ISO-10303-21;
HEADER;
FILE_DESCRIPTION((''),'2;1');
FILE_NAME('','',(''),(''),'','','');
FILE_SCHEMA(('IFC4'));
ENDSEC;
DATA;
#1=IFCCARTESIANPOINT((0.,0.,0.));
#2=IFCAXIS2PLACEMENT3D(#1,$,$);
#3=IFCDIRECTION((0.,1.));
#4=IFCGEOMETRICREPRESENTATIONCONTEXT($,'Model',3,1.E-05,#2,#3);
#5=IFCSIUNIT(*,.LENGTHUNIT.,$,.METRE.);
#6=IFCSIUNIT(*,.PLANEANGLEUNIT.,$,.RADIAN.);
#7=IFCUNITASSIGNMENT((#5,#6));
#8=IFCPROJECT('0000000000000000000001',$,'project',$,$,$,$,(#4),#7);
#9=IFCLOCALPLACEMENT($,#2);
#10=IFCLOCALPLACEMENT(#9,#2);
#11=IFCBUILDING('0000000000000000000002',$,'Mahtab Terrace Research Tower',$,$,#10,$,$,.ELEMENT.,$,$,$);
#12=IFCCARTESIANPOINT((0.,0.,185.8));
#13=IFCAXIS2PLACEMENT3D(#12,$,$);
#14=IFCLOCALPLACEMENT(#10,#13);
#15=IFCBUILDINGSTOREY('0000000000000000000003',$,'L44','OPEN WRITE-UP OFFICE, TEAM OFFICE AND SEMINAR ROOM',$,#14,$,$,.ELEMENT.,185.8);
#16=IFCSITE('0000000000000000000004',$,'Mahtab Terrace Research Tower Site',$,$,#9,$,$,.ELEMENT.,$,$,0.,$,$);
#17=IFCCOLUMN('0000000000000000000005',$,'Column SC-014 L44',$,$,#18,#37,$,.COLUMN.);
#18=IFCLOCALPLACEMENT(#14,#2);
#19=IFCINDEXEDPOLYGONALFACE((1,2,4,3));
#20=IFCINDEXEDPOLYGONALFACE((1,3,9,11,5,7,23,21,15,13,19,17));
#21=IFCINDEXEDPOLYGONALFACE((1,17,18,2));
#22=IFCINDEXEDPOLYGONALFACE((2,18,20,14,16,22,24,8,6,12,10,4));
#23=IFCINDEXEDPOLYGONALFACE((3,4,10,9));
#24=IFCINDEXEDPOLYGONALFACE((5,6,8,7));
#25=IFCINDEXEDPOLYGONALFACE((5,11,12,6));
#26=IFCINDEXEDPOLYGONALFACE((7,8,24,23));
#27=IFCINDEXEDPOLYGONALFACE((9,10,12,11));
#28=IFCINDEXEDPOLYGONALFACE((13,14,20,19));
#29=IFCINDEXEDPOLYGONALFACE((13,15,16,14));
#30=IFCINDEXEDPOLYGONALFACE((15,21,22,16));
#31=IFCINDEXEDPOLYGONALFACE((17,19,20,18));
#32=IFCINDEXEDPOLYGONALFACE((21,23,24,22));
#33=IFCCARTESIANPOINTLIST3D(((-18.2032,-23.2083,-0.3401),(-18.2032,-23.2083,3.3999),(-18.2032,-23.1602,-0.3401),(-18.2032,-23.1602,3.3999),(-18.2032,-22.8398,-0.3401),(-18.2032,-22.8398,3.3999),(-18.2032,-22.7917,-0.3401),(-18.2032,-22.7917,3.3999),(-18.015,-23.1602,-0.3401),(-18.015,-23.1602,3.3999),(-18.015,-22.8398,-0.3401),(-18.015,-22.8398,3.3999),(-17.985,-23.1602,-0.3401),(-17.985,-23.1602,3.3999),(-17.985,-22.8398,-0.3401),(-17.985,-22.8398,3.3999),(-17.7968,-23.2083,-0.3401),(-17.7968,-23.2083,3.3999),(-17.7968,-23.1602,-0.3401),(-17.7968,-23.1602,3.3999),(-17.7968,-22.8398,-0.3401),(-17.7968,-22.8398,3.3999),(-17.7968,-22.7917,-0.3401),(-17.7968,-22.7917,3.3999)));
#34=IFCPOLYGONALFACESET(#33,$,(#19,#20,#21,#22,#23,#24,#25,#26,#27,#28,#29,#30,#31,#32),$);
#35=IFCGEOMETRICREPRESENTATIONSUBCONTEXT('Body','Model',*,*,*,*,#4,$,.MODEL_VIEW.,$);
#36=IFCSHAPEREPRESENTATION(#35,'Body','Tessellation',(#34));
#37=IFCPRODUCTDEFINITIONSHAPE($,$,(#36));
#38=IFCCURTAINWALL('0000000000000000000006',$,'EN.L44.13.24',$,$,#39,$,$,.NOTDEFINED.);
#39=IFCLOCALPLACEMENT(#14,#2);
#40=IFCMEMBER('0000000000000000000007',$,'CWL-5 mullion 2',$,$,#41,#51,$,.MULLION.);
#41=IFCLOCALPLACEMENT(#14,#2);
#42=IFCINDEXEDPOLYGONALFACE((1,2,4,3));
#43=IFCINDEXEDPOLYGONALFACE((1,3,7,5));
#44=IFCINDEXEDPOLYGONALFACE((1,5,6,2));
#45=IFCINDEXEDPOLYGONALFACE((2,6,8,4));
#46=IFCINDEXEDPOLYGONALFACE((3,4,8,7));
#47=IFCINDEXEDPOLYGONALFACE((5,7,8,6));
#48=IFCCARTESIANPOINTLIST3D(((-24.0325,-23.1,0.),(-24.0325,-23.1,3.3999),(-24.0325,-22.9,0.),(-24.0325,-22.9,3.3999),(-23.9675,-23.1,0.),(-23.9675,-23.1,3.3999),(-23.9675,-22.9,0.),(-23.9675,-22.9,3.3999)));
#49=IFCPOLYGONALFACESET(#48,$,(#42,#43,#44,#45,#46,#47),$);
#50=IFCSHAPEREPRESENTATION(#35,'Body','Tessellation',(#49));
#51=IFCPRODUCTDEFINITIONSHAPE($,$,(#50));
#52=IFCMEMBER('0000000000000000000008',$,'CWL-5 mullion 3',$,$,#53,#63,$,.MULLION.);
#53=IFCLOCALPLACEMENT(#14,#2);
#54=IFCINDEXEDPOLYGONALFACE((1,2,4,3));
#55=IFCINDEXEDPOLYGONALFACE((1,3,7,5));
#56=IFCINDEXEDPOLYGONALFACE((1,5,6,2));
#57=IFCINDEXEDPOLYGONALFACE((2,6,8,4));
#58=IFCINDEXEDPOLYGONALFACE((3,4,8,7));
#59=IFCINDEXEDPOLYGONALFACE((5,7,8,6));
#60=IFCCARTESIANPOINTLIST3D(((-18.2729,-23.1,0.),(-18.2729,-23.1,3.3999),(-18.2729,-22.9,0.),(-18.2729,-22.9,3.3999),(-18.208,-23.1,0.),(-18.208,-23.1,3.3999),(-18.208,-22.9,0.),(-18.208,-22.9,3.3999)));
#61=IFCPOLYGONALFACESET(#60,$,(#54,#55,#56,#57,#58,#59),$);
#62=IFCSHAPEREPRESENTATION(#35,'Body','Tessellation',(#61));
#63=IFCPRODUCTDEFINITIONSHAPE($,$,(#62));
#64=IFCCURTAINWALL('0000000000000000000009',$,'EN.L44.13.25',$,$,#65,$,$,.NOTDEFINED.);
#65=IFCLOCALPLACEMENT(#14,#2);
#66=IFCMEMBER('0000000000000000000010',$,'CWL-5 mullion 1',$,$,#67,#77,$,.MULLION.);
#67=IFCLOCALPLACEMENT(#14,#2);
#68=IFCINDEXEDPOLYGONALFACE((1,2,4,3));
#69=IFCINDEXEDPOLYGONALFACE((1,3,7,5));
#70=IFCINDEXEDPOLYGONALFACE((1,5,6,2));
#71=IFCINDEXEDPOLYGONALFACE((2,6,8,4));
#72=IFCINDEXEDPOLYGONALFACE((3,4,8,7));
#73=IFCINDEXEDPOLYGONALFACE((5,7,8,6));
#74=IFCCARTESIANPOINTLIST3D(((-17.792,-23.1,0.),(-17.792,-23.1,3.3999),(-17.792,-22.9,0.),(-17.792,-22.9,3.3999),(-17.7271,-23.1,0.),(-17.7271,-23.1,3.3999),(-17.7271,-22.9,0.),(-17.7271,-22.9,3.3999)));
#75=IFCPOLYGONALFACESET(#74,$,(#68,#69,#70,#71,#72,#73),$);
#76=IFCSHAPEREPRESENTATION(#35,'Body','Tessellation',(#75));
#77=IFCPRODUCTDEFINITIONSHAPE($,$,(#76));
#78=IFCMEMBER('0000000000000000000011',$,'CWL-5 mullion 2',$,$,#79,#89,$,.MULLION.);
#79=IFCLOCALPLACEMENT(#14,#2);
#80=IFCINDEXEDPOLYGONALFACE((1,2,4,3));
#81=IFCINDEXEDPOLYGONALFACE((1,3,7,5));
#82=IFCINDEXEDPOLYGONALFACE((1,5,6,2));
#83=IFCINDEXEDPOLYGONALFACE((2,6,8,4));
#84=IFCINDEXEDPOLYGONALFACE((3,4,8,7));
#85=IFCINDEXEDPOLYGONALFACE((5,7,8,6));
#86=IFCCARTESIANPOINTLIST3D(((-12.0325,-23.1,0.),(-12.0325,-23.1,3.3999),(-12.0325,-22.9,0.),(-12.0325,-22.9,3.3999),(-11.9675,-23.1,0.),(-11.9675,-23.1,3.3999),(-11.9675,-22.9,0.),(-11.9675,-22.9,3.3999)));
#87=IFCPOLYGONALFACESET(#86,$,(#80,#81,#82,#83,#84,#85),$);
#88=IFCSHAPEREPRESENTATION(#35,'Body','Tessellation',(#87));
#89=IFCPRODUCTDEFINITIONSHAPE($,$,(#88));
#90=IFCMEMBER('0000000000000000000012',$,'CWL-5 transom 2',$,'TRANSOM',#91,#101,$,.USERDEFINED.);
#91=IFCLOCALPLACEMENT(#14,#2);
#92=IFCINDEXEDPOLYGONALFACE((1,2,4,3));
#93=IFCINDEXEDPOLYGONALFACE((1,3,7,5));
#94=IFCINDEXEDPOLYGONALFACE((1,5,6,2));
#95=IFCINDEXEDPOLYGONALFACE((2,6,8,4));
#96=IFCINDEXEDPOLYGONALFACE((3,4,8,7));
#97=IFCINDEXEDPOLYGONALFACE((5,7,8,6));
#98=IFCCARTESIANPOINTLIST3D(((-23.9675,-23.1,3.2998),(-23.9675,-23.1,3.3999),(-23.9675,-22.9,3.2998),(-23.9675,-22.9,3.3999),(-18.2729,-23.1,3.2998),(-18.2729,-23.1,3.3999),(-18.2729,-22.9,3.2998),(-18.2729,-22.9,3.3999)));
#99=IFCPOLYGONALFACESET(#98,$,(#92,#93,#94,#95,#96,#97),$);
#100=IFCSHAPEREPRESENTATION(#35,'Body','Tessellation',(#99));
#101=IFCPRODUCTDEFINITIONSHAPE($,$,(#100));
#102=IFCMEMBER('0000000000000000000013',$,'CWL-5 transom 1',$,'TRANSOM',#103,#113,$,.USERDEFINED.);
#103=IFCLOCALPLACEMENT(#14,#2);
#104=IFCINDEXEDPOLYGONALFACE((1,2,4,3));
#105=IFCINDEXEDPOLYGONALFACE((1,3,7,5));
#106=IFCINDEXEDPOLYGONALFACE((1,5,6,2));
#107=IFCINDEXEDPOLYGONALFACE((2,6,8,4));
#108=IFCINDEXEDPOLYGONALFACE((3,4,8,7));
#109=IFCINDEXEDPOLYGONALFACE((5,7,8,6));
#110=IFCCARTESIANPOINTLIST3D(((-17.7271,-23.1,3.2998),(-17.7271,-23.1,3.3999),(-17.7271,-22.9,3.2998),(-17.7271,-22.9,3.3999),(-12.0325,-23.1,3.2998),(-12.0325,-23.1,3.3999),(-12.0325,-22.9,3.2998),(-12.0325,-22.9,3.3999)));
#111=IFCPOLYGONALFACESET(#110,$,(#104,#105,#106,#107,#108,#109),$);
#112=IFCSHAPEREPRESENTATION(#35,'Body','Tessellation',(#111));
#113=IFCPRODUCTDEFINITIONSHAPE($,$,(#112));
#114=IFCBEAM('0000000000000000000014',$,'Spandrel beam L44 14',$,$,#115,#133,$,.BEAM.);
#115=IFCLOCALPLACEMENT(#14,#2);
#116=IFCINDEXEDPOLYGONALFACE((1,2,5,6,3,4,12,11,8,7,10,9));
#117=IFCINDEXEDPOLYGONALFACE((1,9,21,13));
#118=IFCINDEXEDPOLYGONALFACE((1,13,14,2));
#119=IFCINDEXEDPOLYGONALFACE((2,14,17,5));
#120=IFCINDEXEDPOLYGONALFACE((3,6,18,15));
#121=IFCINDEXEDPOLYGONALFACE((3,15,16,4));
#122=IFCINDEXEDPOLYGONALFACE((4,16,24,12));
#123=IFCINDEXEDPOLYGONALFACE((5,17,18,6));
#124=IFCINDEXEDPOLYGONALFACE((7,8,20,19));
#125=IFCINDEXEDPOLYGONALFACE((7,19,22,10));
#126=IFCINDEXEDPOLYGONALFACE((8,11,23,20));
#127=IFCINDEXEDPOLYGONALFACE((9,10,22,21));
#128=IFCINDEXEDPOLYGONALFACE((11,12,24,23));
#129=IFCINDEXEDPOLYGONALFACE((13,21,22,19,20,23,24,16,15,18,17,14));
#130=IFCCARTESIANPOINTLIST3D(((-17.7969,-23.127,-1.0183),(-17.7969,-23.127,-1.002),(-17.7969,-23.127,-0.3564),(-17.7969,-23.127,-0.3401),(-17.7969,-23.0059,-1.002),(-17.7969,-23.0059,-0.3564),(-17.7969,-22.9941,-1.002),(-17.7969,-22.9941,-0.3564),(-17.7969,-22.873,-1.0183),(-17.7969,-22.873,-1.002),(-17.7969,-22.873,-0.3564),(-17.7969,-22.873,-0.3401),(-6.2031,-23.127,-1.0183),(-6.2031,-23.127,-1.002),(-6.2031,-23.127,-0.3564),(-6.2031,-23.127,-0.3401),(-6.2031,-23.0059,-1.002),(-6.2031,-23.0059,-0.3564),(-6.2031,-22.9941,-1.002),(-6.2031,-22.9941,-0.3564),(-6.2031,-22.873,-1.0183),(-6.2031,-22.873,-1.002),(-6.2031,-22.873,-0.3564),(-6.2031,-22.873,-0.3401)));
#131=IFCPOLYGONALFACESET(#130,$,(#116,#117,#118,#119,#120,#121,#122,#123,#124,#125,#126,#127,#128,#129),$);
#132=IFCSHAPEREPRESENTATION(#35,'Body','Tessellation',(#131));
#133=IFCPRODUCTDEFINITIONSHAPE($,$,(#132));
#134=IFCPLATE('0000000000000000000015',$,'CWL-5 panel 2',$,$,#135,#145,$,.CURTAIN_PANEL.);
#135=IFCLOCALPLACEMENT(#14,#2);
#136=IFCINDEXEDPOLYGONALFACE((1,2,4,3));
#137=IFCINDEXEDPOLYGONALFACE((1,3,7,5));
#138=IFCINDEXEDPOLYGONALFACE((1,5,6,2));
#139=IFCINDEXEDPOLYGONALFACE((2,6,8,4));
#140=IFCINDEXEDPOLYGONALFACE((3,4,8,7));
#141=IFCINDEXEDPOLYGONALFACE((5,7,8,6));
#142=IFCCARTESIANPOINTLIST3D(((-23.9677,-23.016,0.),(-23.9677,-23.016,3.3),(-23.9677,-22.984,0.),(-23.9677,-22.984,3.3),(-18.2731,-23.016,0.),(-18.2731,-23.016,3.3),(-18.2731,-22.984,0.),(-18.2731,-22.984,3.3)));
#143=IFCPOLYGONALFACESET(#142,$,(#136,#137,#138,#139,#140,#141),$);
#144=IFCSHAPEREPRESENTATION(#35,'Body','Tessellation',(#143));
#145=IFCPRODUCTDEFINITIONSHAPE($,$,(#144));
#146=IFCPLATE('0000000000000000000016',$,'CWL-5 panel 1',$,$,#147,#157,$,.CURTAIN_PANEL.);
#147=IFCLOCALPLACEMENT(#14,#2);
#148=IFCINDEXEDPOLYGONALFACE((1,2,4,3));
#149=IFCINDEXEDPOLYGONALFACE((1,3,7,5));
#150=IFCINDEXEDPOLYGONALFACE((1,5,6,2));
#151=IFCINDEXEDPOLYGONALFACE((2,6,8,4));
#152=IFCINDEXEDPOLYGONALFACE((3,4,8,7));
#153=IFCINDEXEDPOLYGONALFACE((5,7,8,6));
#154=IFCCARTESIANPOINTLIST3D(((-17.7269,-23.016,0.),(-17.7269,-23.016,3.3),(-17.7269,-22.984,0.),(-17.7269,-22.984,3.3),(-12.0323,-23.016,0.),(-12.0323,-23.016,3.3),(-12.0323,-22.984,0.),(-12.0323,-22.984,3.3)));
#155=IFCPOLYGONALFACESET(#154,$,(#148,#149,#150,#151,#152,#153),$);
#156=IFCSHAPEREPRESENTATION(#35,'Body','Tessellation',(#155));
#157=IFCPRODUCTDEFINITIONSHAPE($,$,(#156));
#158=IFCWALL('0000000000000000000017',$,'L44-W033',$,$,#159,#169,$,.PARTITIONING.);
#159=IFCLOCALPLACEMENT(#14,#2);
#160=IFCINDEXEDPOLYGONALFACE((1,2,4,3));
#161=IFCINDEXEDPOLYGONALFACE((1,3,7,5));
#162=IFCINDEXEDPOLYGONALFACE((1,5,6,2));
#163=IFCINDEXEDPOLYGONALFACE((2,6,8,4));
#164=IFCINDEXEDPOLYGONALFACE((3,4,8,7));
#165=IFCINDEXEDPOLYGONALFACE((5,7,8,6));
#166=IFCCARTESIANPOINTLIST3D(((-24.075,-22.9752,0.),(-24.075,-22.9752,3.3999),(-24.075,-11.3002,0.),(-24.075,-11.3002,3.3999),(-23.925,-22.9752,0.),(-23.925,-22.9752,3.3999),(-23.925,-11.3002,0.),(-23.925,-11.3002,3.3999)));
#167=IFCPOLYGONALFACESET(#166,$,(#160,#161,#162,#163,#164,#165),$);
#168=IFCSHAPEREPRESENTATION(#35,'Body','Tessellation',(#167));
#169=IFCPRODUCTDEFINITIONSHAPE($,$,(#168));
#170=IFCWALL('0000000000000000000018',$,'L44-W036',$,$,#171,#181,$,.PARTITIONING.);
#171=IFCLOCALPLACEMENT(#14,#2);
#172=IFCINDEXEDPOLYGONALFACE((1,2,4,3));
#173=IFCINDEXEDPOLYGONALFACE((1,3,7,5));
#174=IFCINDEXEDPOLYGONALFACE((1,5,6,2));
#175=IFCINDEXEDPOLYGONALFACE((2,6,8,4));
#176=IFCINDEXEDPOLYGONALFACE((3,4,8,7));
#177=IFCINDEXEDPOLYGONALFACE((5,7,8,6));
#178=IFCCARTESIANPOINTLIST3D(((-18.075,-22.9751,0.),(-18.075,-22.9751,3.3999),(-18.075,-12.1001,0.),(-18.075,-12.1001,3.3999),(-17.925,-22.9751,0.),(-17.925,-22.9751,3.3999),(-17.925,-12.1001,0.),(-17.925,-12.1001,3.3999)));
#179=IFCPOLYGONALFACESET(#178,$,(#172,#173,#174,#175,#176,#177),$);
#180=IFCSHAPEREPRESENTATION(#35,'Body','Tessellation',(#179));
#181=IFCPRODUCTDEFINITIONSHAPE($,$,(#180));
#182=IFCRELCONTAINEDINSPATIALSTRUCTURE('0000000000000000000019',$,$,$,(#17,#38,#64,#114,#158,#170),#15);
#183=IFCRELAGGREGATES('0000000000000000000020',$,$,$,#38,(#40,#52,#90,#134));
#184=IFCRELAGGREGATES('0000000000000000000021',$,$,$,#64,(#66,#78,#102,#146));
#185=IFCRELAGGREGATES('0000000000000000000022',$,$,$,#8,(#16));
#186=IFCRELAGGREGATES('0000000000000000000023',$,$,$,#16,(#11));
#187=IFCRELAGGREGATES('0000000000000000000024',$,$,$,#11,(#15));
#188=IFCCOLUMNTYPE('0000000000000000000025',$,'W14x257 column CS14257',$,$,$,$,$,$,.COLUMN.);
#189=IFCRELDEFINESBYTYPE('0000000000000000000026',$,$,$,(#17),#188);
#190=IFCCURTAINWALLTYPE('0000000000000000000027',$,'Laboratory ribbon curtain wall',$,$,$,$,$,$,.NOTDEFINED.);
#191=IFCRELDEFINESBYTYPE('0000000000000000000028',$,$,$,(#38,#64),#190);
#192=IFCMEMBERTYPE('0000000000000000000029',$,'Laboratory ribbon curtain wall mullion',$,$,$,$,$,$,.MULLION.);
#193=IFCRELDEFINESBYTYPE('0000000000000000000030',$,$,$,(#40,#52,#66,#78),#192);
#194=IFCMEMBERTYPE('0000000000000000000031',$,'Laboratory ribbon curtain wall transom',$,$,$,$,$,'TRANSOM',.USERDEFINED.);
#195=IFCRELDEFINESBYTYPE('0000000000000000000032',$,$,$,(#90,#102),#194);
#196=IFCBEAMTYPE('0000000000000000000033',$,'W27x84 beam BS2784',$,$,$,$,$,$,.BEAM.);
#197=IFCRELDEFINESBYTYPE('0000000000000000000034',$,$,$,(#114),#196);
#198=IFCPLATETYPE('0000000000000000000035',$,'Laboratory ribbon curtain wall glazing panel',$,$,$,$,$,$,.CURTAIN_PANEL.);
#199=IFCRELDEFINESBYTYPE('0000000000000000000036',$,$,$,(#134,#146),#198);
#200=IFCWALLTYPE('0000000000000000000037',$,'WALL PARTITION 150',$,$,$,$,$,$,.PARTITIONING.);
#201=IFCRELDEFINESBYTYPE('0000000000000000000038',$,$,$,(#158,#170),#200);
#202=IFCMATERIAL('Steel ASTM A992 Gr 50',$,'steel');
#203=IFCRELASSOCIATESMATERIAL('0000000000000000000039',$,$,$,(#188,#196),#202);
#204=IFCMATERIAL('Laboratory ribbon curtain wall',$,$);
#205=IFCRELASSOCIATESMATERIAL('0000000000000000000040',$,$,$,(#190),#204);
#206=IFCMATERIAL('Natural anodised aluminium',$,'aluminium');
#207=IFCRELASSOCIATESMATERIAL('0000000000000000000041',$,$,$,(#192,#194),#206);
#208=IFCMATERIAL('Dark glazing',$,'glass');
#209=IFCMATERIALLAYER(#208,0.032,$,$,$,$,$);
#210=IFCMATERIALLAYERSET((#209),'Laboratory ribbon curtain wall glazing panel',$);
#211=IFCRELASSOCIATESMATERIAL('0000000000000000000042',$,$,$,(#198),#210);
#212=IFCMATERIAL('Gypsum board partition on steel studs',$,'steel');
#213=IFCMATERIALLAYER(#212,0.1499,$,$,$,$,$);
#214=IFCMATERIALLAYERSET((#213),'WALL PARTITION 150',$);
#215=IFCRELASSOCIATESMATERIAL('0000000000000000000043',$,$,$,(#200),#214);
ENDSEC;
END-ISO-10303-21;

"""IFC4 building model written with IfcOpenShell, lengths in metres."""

from ifc_helpers import new_model, si_unit, direction, frame, frame_2d, origin, origin_2d, place, context, subcontext, project, spatial, rectangle, i_section, extrude, material, layer, layer_set, material_profile, profile_set, type_object, element, aggregate, save


model = new_model("IFC4")

# Units and contexts
model_context = context("Model", 3, precision=1e-05, world=origin(), true_north=direction((0.0, 1.0)))
body_context = subcontext(model_context, "Body", "Model", "MODEL_VIEW")
ifc_project = project(units=[si_unit("LENGTHUNIT", "METRE"), si_unit("PLANEANGLEUNIT", "RADIAN")], contexts=[model_context])

# Site, building, storey
site_placement = place(None, origin())
site = spatial("IfcSite", under=ifc_project, at=site_placement, Name="Mahtab Terrace Research Tower Site", CompositionType="ELEMENT", RefElevation=0.0)
building_placement = place(site_placement, origin())
building = spatial("IfcBuilding", under=site, at=building_placement, Name="Mahtab Terrace Research Tower", CompositionType="ELEMENT")
storey_placement = place(building_placement, frame((0.0, 0.0, 185.8)))
storey = spatial("IfcBuildingStorey", under=building, at=storey_placement, Name="L44", Description="OPEN WRITE-UP OFFICE, TEAM OFFICE AND SEMINAR ROOM", CompositionType="ELEMENT", Elevation=185.8)

# Column
ifc_material_1 = material(Name="Steel ASTM A992 Gr 50", Category="steel")
ifc_material_profile_1 = material_profile(ifc_material_1, i_section(OverallWidth=0.4065, OverallDepth=0.4165, WebThickness=0.03, FlangeThickness=0.0481, at=origin_2d()), Name="W14X257")
ifc_profile_set_1 = profile_set([ifc_material_profile_1], Name="Steel ASTM A992 Gr 50")
column_type = type_object("IfcColumnType", Name="W14x257 column CS14257", PredefinedType="COLUMN", material=ifc_profile_set_1)
column_placement = place(storey_placement, frame((-18.0, -23.0, -0.3401), z_axis=(0.0, 0.0, 1.0), x_axis=(1.0, 0.0, 0.0)))
element("IfcColumn", 1, at=column_placement, inside=storey, type_object=column_type, Name="Column SC-014 L44", PredefinedType="COLUMN", context=body_context, shape_type="SweptSolid", body=[
    extrude(i_section(OverallWidth=0.4065, OverallDepth=0.4165, WebThickness=0.03, FlangeThickness=0.0481, at=origin_2d()), origin(), (0.0, 0.0, 1.0), 3.74),
])

# Curtain walls, members
ifc_material_2 = material(Name="Laboratory ribbon curtain wall")
curtain_wall_type = type_object("IfcCurtainWallType", Name="Laboratory ribbon curtain wall", PredefinedType="NOTDEFINED", material=ifc_material_2)
curtain_wall_1_placement = place(storey_placement, origin())
curtain_wall_1 = element("IfcCurtainWall", 2, at=curtain_wall_1_placement, inside=storey, type_object=curtain_wall_type, Name="EN.L44.13.24", PredefinedType="NOTDEFINED")
ifc_material_3 = material(Name="Natural anodised aluminium", Category="aluminium")
ifc_material_profile_2 = material_profile(ifc_material_3, rectangle(XDim=0.2, YDim=0.0649, at=origin_2d()), Name="MULLION 65x200")
ifc_profile_set_2 = profile_set([ifc_material_profile_2], Name="Natural anodised aluminium")
member_type_1 = type_object("IfcMemberType", Name="Laboratory ribbon curtain wall mullion", PredefinedType="MULLION", material=ifc_profile_set_2)
member_1_placement = place(storey_placement, frame((-24.0, -23.0, 0.0), z_axis=(0.0, 0.0, 1.0), x_axis=(0.0, 1.0, 0.0)))
member_1 = element("IfcMember", 3, at=member_1_placement, type_object=member_type_1, Name="CWL-5 mullion 2", PredefinedType="MULLION", context=body_context, shape_type="SweptSolid", body=[
    extrude(rectangle(XDim=0.2, YDim=0.0649, at=origin_2d()), origin(), (0.0, 0.0, 1.0), 3.3999),
])
member_2_placement = place(storey_placement, frame((-18.2405, -23.0, 0.0), z_axis=(0.0, 0.0, 1.0), x_axis=(0.0, 1.0, 0.0)))
member_2 = element("IfcMember", 4, at=member_2_placement, type_object=member_type_1, Name="CWL-5 mullion 3", PredefinedType="MULLION", context=body_context, shape_type="SweptSolid", body=[
    extrude(rectangle(XDim=0.2, YDim=0.0649, at=origin_2d()), origin(), (0.0, 0.0, 1.0), 3.3999),
])
curtain_wall_2_placement = place(storey_placement, origin())
curtain_wall_2 = element("IfcCurtainWall", 5, at=curtain_wall_2_placement, inside=storey, type_object=curtain_wall_type, Name="EN.L44.13.25", PredefinedType="NOTDEFINED")
member_3_placement = place(storey_placement, frame((-17.7595, -23.0, 0.0), z_axis=(0.0, 0.0, 1.0), x_axis=(0.0, 1.0, 0.0)))
member_3 = element("IfcMember", 6, at=member_3_placement, type_object=member_type_1, Name="CWL-5 mullion 1", PredefinedType="MULLION", context=body_context, shape_type="SweptSolid", body=[
    extrude(rectangle(XDim=0.2, YDim=0.0649, at=origin_2d()), origin(), (0.0, 0.0, 1.0), 3.3999),
])
member_4_placement = place(storey_placement, frame((-12.0, -23.0, 0.0), z_axis=(0.0, 0.0, 1.0), x_axis=(0.0, 1.0, 0.0)))
member_4 = element("IfcMember", 7, at=member_4_placement, type_object=member_type_1, Name="CWL-5 mullion 2", PredefinedType="MULLION", context=body_context, shape_type="SweptSolid", body=[
    extrude(rectangle(XDim=0.2, YDim=0.0649, at=origin_2d()), origin(), (0.0, 0.0, 1.0), 3.3999),
])

# Members
ifc_material_profile_3 = material_profile(ifc_material_3, rectangle(XDim=0.2, YDim=0.1001, at=origin_2d()), Name="TRANSOM 100x200")
ifc_profile_set_3 = profile_set([ifc_material_profile_3], Name="Natural anodised aluminium")
member_type_2 = type_object("IfcMemberType", Name="Laboratory ribbon curtain wall transom", ElementType="TRANSOM", PredefinedType="USERDEFINED", material=ifc_profile_set_3)
member_5_placement = place(storey_placement, frame((-23.9675, -23.0, 3.3499), z_axis=(1.0, 0.0, 0.0), x_axis=(0.0, 1.0, 0.0)))
member_5 = element("IfcMember", 8, at=member_5_placement, type_object=member_type_2, Name="CWL-5 transom 2", ObjectType="TRANSOM", PredefinedType="USERDEFINED", context=body_context, shape_type="SweptSolid", body=[
    extrude(rectangle(XDim=0.2, YDim=0.1001, at=origin_2d()), origin(), (0.0, 0.0, 1.0), 5.6946),
])
member_6_placement = place(storey_placement, frame((-17.7271, -23.0, 3.3499), z_axis=(1.0, 0.0, 0.0), x_axis=(0.0, 1.0, 0.0)))
member_6 = element("IfcMember", 9, at=member_6_placement, type_object=member_type_2, Name="CWL-5 transom 1", ObjectType="TRANSOM", PredefinedType="USERDEFINED", context=body_context, shape_type="SweptSolid", body=[
    extrude(rectangle(XDim=0.2, YDim=0.1001, at=origin_2d()), origin(), (0.0, 0.0, 1.0), 5.6946),
])

# Beam
ifc_material_profile_4 = material_profile(ifc_material_1, i_section(OverallWidth=0.2539, OverallDepth=0.6782, WebThickness=0.0117, FlangeThickness=0.0164, at=origin_2d()), Name="W27X84")
ifc_profile_set_4 = profile_set([ifc_material_profile_4], Name="Steel ASTM A992 Gr 50")
beam_type = type_object("IfcBeamType", Name="W27x84 beam BS2784", PredefinedType="BEAM", material=ifc_profile_set_4)
beam_placement = place(storey_placement, frame((-17.7969, -23.0, -0.6792), z_axis=(1.0, 0.0, 0.0), x_axis=(0.0, 1.0, 0.0)))
element("IfcBeam", 10, at=beam_placement, inside=storey, type_object=beam_type, Name="Spandrel beam L44 14", PredefinedType="BEAM", context=body_context, shape_type="SweptSolid", body=[
    extrude(i_section(OverallWidth=0.2539, OverallDepth=0.6782, WebThickness=0.0117, FlangeThickness=0.0164, at=origin_2d()), origin(), (0.0, 0.0, 1.0), 11.5938),
])

# Plates
ifc_material_4 = material(Name="Dark glazing", Category="glass")
ifc_layer_1 = layer(ifc_material_4, 0.032)
ifc_layer_set_1 = layer_set([ifc_layer_1], Name="Laboratory ribbon curtain wall glazing panel")
plate_type = type_object("IfcPlateType", Name="Laboratory ribbon curtain wall glazing panel", PredefinedType="CURTAIN_PANEL", material=ifc_layer_set_1)
plate_1_placement = place(storey_placement, frame((-21.1204, -23.0, 0.0), z_axis=(0.0, 0.0, 1.0), x_axis=(1.0, 0.0, 0.0)))
plate_1 = element("IfcPlate", 11, at=plate_1_placement, type_object=plate_type, Name="CWL-5 panel 2", PredefinedType="CURTAIN_PANEL", context=body_context, shape_type="SweptSolid", body=[
    extrude(rectangle(XDim=5.6946, YDim=0.032, at=origin_2d()), origin(), (0.0, 0.0, 1.0), 3.3),
])
aggregate(curtain_wall_1, [member_1, member_2, member_5, plate_1])
plate_2_placement = place(storey_placement, frame((-14.8796, -23.0, 0.0), z_axis=(0.0, 0.0, 1.0), x_axis=(1.0, 0.0, 0.0)))
plate_2 = element("IfcPlate", 12, at=plate_2_placement, type_object=plate_type, Name="CWL-5 panel 1", PredefinedType="CURTAIN_PANEL", context=body_context, shape_type="SweptSolid", body=[
    extrude(rectangle(XDim=5.6946, YDim=0.032, at=origin_2d()), origin(), (0.0, 0.0, 1.0), 3.3),
])
aggregate(curtain_wall_2, [member_3, member_4, member_6, plate_2])

# Walls
ifc_material_5 = material(Name="Gypsum board partition on steel studs", Category="steel")
ifc_layer_2 = layer(ifc_material_5, 0.1499)
ifc_layer_set_2 = layer_set([ifc_layer_2], Name="WALL PARTITION 150")
wall_type = type_object("IfcWallType", Name="WALL PARTITION 150", PredefinedType="PARTITIONING", material=ifc_layer_set_2)
wall_1_placement = place(storey_placement, frame((-24.0, -22.9751, 0.0), z_axis=(0.0, 0.0, 1.0), x_axis=(0.0, 1.0, 0.0)))
element("IfcWall", 13, at=wall_1_placement, inside=storey, type_object=wall_type, Name="L44-W033", PredefinedType="PARTITIONING", context=body_context, shape_type="SweptSolid", body=[
    extrude(rectangle(XDim=11.675, YDim=0.1499, at=frame_2d((5.8374, 0.0))), origin(), (0.0, 0.0, 1.0), 3.3999),
])
wall_2_placement = place(storey_placement, frame((-18.0, -22.9751, 0.0), z_axis=(0.0, 0.0, 1.0), x_axis=(0.0, 1.0, 0.0)))
element("IfcWall", 14, at=wall_2_placement, inside=storey, type_object=wall_type, Name="L44-W036", PredefinedType="PARTITIONING", context=body_context, shape_type="SweptSolid", body=[
    extrude(rectangle(XDim=10.875, YDim=0.1499, at=frame_2d((5.4375, 0.0))), origin(), (0.0, 0.0, 1.0), 3.3999),
])

save(model, "model.ifc")
